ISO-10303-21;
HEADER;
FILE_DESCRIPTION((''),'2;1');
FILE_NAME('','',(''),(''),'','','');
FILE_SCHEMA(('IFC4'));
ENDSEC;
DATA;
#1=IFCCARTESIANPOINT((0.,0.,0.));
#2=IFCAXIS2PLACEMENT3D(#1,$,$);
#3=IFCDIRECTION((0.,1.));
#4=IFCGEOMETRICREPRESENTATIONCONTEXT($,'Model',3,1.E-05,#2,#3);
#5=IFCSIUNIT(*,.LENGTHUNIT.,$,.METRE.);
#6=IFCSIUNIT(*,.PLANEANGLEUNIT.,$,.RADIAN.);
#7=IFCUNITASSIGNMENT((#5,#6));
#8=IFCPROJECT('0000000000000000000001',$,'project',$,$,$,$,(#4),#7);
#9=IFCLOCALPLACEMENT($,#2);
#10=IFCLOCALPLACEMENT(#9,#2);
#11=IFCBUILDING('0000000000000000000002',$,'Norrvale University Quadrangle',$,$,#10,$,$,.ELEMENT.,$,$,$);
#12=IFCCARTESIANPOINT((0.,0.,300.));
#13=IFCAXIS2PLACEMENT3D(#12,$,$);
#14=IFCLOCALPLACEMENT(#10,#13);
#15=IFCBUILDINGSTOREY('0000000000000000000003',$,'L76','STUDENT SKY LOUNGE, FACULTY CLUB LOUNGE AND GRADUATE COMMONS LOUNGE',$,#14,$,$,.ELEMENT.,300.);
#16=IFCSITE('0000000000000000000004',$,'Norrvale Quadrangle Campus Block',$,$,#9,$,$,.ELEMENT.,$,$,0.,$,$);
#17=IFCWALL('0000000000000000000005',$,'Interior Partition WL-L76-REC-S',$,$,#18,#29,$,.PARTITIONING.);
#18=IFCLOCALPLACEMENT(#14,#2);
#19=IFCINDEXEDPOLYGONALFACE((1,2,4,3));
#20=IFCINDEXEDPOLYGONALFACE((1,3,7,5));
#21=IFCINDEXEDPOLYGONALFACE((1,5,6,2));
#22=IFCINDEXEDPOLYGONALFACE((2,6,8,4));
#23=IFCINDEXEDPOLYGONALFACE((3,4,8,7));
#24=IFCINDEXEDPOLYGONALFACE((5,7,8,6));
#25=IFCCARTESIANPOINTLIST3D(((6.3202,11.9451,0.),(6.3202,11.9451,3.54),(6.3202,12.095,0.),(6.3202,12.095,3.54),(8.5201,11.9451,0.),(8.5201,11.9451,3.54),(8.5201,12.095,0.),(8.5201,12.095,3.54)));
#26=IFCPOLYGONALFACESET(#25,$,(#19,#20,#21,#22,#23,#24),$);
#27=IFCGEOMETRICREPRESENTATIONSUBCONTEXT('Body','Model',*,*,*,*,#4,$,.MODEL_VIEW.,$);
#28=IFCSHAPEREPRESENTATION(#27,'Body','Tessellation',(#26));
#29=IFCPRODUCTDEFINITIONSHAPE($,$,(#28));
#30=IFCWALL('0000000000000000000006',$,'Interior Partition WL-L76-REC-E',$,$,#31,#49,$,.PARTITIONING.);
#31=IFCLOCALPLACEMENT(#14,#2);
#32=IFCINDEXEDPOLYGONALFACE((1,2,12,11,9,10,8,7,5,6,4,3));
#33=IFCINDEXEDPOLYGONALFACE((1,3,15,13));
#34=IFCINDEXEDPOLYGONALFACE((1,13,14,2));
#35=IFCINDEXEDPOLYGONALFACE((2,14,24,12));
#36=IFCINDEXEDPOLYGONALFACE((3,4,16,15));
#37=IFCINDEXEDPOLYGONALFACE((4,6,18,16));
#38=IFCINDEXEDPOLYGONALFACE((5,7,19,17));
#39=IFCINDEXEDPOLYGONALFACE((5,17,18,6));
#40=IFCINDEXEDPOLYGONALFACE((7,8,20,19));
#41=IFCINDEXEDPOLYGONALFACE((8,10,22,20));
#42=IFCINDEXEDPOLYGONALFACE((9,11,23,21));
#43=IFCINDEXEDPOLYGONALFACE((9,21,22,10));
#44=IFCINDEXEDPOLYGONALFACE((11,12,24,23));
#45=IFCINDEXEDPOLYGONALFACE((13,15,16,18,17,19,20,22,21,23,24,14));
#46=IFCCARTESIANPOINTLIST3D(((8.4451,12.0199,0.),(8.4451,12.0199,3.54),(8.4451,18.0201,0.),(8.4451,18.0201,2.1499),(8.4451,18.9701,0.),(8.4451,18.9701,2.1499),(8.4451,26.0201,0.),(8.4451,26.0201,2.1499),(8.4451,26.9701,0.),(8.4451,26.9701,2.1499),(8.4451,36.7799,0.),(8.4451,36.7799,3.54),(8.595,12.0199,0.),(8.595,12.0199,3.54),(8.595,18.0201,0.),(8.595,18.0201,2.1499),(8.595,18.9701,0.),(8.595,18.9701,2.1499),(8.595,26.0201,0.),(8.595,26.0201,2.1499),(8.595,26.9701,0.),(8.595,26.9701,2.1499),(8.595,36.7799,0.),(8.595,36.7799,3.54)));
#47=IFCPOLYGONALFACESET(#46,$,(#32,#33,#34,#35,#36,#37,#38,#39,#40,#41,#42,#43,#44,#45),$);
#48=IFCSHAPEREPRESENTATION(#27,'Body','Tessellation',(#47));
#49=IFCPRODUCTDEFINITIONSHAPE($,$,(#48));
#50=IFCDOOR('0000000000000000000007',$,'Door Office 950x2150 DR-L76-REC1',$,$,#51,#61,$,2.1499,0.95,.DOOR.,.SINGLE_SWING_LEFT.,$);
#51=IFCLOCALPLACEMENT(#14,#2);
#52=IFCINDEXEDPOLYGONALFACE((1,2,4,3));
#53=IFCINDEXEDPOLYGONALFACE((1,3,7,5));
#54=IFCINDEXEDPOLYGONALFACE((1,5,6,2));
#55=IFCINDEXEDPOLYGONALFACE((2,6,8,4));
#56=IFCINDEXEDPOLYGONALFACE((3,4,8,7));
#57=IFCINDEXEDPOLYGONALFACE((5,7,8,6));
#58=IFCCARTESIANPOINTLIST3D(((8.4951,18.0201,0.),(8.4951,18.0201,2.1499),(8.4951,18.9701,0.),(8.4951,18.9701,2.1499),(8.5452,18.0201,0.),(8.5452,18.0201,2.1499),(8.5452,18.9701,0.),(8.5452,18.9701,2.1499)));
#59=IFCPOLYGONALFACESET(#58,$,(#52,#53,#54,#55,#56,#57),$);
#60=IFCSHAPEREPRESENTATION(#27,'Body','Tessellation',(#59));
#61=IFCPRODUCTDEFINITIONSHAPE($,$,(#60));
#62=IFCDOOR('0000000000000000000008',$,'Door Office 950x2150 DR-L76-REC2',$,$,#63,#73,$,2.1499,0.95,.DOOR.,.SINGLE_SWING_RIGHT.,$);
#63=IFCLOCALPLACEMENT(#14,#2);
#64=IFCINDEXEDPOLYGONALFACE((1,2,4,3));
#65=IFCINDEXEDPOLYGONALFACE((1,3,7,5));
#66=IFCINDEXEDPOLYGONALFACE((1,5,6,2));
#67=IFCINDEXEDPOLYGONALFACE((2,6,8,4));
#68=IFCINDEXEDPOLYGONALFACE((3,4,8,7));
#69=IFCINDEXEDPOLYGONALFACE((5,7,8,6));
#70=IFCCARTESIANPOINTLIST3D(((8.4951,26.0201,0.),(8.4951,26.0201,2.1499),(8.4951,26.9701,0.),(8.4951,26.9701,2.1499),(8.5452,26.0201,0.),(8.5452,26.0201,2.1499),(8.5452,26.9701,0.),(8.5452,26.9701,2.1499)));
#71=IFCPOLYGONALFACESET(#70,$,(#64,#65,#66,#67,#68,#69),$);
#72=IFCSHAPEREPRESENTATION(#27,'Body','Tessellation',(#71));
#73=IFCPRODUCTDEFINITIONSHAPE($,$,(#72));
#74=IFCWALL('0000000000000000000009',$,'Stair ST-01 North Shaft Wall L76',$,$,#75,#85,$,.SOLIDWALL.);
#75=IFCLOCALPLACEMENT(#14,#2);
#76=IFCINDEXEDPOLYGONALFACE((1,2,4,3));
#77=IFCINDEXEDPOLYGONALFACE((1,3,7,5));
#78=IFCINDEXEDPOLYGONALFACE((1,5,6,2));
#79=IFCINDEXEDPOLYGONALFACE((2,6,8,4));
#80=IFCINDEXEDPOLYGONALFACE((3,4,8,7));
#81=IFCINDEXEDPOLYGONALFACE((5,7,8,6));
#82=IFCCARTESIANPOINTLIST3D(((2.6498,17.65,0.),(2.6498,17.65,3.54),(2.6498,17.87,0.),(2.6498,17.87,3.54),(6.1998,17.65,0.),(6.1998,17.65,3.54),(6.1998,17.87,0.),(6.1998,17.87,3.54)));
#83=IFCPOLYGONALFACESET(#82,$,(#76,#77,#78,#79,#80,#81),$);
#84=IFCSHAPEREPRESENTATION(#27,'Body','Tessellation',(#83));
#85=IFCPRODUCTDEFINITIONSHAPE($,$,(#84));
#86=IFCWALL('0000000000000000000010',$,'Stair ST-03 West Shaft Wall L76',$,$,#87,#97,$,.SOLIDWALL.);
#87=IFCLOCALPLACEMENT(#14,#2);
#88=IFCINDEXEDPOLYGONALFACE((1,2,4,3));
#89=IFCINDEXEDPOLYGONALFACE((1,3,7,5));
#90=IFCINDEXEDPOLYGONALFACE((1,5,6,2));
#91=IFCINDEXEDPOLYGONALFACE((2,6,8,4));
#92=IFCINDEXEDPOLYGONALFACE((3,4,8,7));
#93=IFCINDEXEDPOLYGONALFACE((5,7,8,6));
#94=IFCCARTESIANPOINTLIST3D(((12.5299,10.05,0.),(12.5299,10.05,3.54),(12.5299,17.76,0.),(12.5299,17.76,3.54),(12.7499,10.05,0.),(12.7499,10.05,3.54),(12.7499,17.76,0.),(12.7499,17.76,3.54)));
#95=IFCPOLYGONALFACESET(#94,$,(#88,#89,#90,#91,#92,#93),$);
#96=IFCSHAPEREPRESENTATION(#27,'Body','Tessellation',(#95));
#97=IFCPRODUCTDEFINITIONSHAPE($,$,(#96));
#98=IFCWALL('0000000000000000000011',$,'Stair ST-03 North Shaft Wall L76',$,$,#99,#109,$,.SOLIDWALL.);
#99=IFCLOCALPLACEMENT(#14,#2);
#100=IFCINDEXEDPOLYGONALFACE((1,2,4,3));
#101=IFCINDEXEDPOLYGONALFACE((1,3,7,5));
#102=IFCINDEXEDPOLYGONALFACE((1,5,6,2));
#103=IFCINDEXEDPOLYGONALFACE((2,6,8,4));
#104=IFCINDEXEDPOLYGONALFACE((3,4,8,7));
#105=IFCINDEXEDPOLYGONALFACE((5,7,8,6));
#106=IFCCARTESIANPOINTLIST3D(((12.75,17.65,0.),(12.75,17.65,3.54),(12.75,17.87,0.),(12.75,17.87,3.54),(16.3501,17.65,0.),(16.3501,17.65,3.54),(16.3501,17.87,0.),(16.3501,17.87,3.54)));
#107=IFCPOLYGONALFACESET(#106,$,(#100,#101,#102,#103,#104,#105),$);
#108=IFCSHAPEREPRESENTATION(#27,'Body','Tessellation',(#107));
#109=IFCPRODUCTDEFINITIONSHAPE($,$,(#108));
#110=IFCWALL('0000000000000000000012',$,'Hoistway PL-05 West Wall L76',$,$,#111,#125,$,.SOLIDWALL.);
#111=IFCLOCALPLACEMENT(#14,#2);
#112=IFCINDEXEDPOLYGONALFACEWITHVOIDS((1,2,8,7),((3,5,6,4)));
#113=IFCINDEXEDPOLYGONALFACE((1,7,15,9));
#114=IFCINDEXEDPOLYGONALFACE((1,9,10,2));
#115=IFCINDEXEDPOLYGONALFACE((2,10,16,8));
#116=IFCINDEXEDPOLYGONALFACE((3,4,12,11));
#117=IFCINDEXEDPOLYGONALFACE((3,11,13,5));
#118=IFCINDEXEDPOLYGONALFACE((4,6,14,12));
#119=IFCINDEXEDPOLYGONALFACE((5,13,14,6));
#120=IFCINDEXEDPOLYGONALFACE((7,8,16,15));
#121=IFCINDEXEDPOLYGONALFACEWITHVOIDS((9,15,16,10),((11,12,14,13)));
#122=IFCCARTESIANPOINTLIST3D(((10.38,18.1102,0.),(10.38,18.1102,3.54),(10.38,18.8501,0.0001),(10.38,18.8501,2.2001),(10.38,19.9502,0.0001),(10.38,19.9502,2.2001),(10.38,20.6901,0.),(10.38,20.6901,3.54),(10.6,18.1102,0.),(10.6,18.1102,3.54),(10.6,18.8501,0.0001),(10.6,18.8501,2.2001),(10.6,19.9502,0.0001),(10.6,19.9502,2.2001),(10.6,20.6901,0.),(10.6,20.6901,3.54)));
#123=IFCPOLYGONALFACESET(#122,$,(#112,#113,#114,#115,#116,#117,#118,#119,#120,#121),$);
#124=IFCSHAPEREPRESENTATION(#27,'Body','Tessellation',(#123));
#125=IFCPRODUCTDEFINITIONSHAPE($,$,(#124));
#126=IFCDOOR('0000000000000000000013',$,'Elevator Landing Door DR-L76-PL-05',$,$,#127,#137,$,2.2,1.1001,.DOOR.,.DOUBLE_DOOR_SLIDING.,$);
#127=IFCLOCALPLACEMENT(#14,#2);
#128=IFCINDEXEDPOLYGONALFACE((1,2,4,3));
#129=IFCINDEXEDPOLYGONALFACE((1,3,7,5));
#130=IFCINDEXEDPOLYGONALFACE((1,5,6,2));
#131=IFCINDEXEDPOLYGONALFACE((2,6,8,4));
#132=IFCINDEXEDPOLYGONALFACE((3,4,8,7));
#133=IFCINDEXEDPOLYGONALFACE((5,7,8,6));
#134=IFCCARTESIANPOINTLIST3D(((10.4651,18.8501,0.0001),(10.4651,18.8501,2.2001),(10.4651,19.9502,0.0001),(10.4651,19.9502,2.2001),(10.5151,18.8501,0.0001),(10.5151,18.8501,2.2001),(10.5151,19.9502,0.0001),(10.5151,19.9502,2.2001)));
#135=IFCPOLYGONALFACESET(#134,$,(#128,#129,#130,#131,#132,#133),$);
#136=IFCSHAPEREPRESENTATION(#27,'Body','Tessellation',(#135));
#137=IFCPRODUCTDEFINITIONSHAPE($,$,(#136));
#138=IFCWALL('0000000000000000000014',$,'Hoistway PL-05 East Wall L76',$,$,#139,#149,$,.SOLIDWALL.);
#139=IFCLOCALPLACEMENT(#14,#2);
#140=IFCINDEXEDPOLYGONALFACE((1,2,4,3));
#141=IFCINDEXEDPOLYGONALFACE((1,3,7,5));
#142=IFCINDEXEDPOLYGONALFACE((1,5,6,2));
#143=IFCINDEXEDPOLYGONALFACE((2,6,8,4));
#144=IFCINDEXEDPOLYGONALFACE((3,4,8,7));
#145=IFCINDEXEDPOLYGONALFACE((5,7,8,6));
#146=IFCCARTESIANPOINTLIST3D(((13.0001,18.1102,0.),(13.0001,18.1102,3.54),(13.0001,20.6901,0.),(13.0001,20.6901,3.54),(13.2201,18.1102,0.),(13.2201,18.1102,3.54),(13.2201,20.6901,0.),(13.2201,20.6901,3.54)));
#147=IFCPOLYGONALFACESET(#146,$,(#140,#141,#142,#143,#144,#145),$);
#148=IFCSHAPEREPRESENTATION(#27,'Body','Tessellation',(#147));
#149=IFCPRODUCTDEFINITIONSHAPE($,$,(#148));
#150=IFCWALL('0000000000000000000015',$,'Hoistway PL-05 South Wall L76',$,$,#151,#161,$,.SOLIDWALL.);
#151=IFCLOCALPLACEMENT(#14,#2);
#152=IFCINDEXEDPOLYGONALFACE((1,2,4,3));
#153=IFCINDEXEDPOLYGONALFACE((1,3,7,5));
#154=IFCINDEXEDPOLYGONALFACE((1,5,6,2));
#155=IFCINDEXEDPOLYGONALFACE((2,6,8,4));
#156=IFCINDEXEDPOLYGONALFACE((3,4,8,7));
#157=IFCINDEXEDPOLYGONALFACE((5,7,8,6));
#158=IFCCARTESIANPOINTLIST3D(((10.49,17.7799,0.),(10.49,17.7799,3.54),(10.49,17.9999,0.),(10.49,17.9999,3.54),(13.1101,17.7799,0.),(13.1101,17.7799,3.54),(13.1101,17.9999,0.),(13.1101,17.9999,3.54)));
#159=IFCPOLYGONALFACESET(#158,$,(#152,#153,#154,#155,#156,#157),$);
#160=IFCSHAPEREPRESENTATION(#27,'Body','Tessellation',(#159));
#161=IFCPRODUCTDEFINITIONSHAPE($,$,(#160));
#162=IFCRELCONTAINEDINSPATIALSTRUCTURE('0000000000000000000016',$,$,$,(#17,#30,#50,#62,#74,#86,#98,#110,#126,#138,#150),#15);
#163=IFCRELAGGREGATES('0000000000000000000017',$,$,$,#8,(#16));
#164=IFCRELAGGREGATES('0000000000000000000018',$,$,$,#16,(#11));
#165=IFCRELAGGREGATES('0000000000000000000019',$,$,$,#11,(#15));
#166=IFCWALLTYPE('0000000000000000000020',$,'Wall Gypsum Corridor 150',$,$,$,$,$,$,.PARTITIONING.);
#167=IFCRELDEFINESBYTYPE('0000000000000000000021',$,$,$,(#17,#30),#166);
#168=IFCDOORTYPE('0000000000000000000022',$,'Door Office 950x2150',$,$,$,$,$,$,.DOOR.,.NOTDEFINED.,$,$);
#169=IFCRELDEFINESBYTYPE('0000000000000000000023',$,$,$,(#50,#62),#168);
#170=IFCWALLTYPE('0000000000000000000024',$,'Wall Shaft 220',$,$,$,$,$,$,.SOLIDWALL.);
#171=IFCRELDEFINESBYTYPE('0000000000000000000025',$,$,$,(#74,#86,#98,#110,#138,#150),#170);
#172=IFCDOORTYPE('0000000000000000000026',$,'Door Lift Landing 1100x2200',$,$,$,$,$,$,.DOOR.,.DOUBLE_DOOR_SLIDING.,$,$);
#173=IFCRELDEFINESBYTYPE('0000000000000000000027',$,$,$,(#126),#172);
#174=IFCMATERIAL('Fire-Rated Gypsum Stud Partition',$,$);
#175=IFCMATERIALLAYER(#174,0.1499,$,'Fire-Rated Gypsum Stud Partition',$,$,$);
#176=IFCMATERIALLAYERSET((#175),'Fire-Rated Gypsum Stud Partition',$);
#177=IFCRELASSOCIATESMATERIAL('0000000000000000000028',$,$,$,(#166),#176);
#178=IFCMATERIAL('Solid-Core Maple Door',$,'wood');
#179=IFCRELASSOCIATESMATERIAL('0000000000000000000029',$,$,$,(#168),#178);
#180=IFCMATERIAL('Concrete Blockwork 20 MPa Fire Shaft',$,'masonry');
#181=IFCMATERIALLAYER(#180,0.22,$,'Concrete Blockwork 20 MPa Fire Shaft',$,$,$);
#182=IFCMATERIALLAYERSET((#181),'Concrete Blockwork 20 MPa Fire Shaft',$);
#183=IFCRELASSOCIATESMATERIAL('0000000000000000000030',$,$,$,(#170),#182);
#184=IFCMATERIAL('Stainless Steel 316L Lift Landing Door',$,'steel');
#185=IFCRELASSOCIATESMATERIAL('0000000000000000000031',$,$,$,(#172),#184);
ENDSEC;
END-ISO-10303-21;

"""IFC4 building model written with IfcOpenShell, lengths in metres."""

from ifc_helpers import new_model, si_unit, direction, frame, frame_2d, origin, place, context, subcontext, project, spatial, rectangle, extrude, material, layer, layer_set, type_object, element, fill, save


model = new_model("IFC4")

# Units and contexts
model_context = context("Model", 3, precision=1e-05, world=origin(), true_north=direction((0.0, 1.0)))
body_context = subcontext(model_context, "Body", "Model", "MODEL_VIEW")
ifc_project = project(units=[si_unit("LENGTHUNIT", "METRE"), si_unit("PLANEANGLEUNIT", "RADIAN")], contexts=[model_context])

# Site, building, storey
site_placement = place(None, origin())
site = spatial("IfcSite", under=ifc_project, at=site_placement, Name="Norrvale Quadrangle Campus Block", CompositionType="ELEMENT", RefElevation=0.0)
building_placement = place(site_placement, origin())
building = spatial("IfcBuilding", under=site, at=building_placement, Name="Norrvale University Quadrangle", CompositionType="ELEMENT")
storey_placement = place(building_placement, frame((0.0, 0.0, 300.0)))
storey = spatial("IfcBuildingStorey", under=building, at=storey_placement, Name="L76", Description="STUDENT SKY LOUNGE, FACULTY CLUB LOUNGE AND GRADUATE COMMONS LOUNGE", CompositionType="ELEMENT", Elevation=300.0)

# Shared definitions
ifc_material_1 = material(Name="Fire-Rated Gypsum Stud Partition")
ifc_layer_1 = layer(ifc_material_1, 0.1499, Name="Fire-Rated Gypsum Stud Partition")
ifc_layer_set_1 = layer_set([ifc_layer_1], Name="Fire-Rated Gypsum Stud Partition")
wall_type_1 = type_object("IfcWallType", Name="Wall Gypsum Corridor 150", PredefinedType="PARTITIONING", material=ifc_layer_set_1)

# Wall
wall_1_placement = place(storey_placement, frame((6.3201, 12.02, 0.0), z_axis=(0.0, 0.0, 1.0), x_axis=(1.0, 0.0, 0.0)))
element("IfcWall", 1, at=wall_1_placement, inside=storey, type_object=wall_type_1, Name="Interior Partition WL-L76-REC-S", PredefinedType="PARTITIONING", context=body_context, shape_type="SweptSolid", body=[
    extrude(rectangle(XDim=2.2, YDim=0.1499, at=frame_2d((1.1001, 0.0))), origin(), (0.0, 0.0, 1.0), 3.54),
])

# Wall, openings, doors
wall_2_placement = place(storey_placement, frame((8.52, 12.02, 0.0), z_axis=(0.0, 0.0, 1.0), x_axis=(0.0, 1.0, 0.0)))
wall_2 = element("IfcWall", 2, at=wall_2_placement, inside=storey, type_object=wall_type_1, Name="Interior Partition WL-L76-REC-E", PredefinedType="PARTITIONING", context=body_context, shape_type="SweptSolid", body=[
    extrude(rectangle(XDim=24.76, YDim=0.1499, at=frame_2d((12.3799, 0.0))), origin(), (0.0, 0.0, 1.0), 3.54),
])
opening_1_placement = place(wall_2_placement, frame((6.0, 0.0, 0.0)))
opening_1 = element("IfcOpeningElement", 3, at=opening_1_placement, cuts=wall_2, PredefinedType="OPENING", context=body_context, shape_type="SweptSolid", body=[
    extrude(rectangle(XDim=0.95, YDim=2.1499, at=frame_2d((0.4751, 1.075))), frame((0.0, 0.0869, 0.0), z_axis=(0.0, -1.0, 0.0), x_axis=(1.0, 0.0, 0.0)), (0.0, 0.0, 1.0), 0.1738),
])
opening_2_placement = place(wall_2_placement, frame((14.0, 0.0, 0.0)))
opening_2 = element("IfcOpeningElement", 4, at=opening_2_placement, cuts=wall_2, PredefinedType="OPENING", context=body_context, shape_type="SweptSolid", body=[
    extrude(rectangle(XDim=0.95, YDim=2.1499, at=frame_2d((0.4751, 1.075))), frame((0.0, 0.0869, 0.0), z_axis=(0.0, -1.0, 0.0), x_axis=(1.0, 0.0, 0.0)), (0.0, 0.0, 1.0), 0.1738),
])
ifc_material_2 = material(Name="Solid-Core Maple Door", Category="wood")
door_type_1 = type_object("IfcDoorType", Name="Door Office 950x2150", OperationType="NOTDEFINED", PredefinedType="DOOR", material=ifc_material_2)
door_1_placement = place(opening_1_placement, origin())
door_1 = element("IfcDoor", 5, at=door_1_placement, inside=storey, type_object=door_type_1, Name="Door Office 950x2150 DR-L76-REC1", OperationType="SINGLE_SWING_LEFT", OverallHeight=2.1499, OverallWidth=0.95, PredefinedType="DOOR", context=body_context, shape_type="SweptSolid", body=[
    extrude(rectangle(XDim=0.95, YDim=2.1499, at=frame_2d((0.4751, 1.075))), frame((0.0, 0.0249, 0.0), z_axis=(0.0, -1.0, 0.0), x_axis=(1.0, 0.0, 0.0)), (0.0, 0.0, 1.0), 0.05),
])
fill(opening_1, door_1)
door_2_placement = place(opening_2_placement, origin())
door_2 = element("IfcDoor", 6, at=door_2_placement, inside=storey, type_object=door_type_1, Name="Door Office 950x2150 DR-L76-REC2", OperationType="SINGLE_SWING_RIGHT", OverallHeight=2.1499, OverallWidth=0.95, PredefinedType="DOOR", context=body_context, shape_type="SweptSolid", body=[
    extrude(rectangle(XDim=0.95, YDim=2.1499, at=frame_2d((0.4751, 1.075))), frame((0.0, 0.0249, 0.0), z_axis=(0.0, -1.0, 0.0), x_axis=(1.0, 0.0, 0.0)), (0.0, 0.0, 1.0), 0.05),
])
fill(opening_2, door_2)

# Walls
ifc_material_3 = material(Name="Concrete Blockwork 20 MPa Fire Shaft", Category="masonry")
ifc_layer_2 = layer(ifc_material_3, 0.22, Name="Concrete Blockwork 20 MPa Fire Shaft")
ifc_layer_set_2 = layer_set([ifc_layer_2], Name="Concrete Blockwork 20 MPa Fire Shaft")
wall_type_2 = type_object("IfcWallType", Name="Wall Shaft 220", PredefinedType="SOLIDWALL", material=ifc_layer_set_2)
wall_3_placement = place(storey_placement, frame((2.6499, 17.76, 0.0), z_axis=(0.0, 0.0, 1.0), x_axis=(1.0, 0.0, 0.0)))
element("IfcWall", 7, at=wall_3_placement, inside=storey, type_object=wall_type_2, Name="Stair ST-01 North Shaft Wall L76", PredefinedType="SOLIDWALL", context=body_context, shape_type="SweptSolid", body=[
    extrude(rectangle(XDim=3.55, YDim=0.22, at=frame_2d((1.7749, 0.0))), origin(), (0.0, 0.0, 1.0), 3.54),
])
wall_4_placement = place(storey_placement, frame((12.6399, 10.05, 0.0), z_axis=(0.0, 0.0, 1.0), x_axis=(0.0, 1.0, 0.0)))
element("IfcWall", 8, at=wall_4_placement, inside=storey, type_object=wall_type_2, Name="Stair ST-03 West Shaft Wall L76", PredefinedType="SOLIDWALL", context=body_context, shape_type="SweptSolid", body=[
    extrude(rectangle(XDim=7.71, YDim=0.22, at=frame_2d((3.855, 0.0))), origin(), (0.0, 0.0, 1.0), 3.54),
])
wall_5_placement = place(storey_placement, frame((12.75, 17.76, 0.0), z_axis=(0.0, 0.0, 1.0), x_axis=(1.0, 0.0, 0.0)))
element("IfcWall", 9, at=wall_5_placement, inside=storey, type_object=wall_type_2, Name="Stair ST-03 North Shaft Wall L76", PredefinedType="SOLIDWALL", context=body_context, shape_type="SweptSolid", body=[
    extrude(rectangle(XDim=3.6001, YDim=0.22, at=frame_2d((1.8, 0.0))), origin(), (0.0, 0.0, 1.0), 3.54),
])

# Wall, opening, door
wall_6_placement = place(storey_placement, frame((10.49, 18.1101, 0.0), z_axis=(0.0, 0.0, 1.0), x_axis=(0.0, 1.0, 0.0)))
wall_6 = element("IfcWall", 10, at=wall_6_placement, inside=storey, type_object=wall_type_2, Name="Hoistway PL-05 West Wall L76", PredefinedType="SOLIDWALL", context=body_context, shape_type="SweptSolid", body=[
    extrude(rectangle(XDim=2.5798, YDim=0.22, at=frame_2d((1.29, 0.0))), origin(), (0.0, 0.0, 1.0), 3.54),
])
opening_3_placement = place(wall_6_placement, frame((0.74, 0.0, 0.0)))
opening_3 = element("IfcOpeningElement", 11, at=opening_3_placement, cuts=wall_6, PredefinedType="OPENING", context=body_context, shape_type="SweptSolid", body=[
    extrude(rectangle(XDim=1.1001, YDim=2.2, at=frame_2d((0.55, 1.1001))), frame((0.0, 0.1221, 0.0), z_axis=(0.0, -1.0, 0.0), x_axis=(1.0, 0.0, 0.0)), (0.0, 0.0, 1.0), 0.2439),
])
ifc_material_4 = material(Name="Stainless Steel 316L Lift Landing Door", Category="steel")
door_type_2 = type_object("IfcDoorType", Name="Door Lift Landing 1100x2200", OperationType="DOUBLE_DOOR_SLIDING", PredefinedType="DOOR", material=ifc_material_4)
door_3_placement = place(opening_3_placement, origin())
door_3 = element("IfcDoor", 12, at=door_3_placement, inside=storey, type_object=door_type_2, Name="Elevator Landing Door DR-L76-PL-05", OperationType="DOUBLE_DOOR_SLIDING", OverallHeight=2.2, OverallWidth=1.1001, PredefinedType="DOOR", context=body_context, shape_type="SweptSolid", body=[
    extrude(rectangle(XDim=1.1001, YDim=2.2, at=frame_2d((0.55, 1.1001))), frame((0.0, 0.0249, 0.0), z_axis=(0.0, -1.0, 0.0), x_axis=(1.0, 0.0, 0.0)), (0.0, 0.0, 1.0), 0.05),
])
fill(opening_3, door_3)

# Walls
wall_7_placement = place(storey_placement, frame((13.1101, 18.1101, 0.0), z_axis=(0.0, 0.0, 1.0), x_axis=(0.0, 1.0, 0.0)))
element("IfcWall", 13, at=wall_7_placement, inside=storey, type_object=wall_type_2, Name="Hoistway PL-05 East Wall L76", PredefinedType="SOLIDWALL", context=body_context, shape_type="SweptSolid", body=[
    extrude(rectangle(XDim=2.5798, YDim=0.22, at=frame_2d((1.29, 0.0))), origin(), (0.0, 0.0, 1.0), 3.54),
])
wall_8_placement = place(storey_placement, frame((10.49, 17.8899, 0.0), z_axis=(0.0, 0.0, 1.0), x_axis=(1.0, 0.0, 0.0)))
element("IfcWall", 14, at=wall_8_placement, inside=storey, type_object=wall_type_2, Name="Hoistway PL-05 South Wall L76", PredefinedType="SOLIDWALL", context=body_context, shape_type="SweptSolid", body=[
    extrude(rectangle(XDim=2.6201, YDim=0.22, at=frame_2d((1.3101, 0.0))), origin(), (0.0, 0.0, 1.0), 3.54),
])

save(model, "model.ifc")
